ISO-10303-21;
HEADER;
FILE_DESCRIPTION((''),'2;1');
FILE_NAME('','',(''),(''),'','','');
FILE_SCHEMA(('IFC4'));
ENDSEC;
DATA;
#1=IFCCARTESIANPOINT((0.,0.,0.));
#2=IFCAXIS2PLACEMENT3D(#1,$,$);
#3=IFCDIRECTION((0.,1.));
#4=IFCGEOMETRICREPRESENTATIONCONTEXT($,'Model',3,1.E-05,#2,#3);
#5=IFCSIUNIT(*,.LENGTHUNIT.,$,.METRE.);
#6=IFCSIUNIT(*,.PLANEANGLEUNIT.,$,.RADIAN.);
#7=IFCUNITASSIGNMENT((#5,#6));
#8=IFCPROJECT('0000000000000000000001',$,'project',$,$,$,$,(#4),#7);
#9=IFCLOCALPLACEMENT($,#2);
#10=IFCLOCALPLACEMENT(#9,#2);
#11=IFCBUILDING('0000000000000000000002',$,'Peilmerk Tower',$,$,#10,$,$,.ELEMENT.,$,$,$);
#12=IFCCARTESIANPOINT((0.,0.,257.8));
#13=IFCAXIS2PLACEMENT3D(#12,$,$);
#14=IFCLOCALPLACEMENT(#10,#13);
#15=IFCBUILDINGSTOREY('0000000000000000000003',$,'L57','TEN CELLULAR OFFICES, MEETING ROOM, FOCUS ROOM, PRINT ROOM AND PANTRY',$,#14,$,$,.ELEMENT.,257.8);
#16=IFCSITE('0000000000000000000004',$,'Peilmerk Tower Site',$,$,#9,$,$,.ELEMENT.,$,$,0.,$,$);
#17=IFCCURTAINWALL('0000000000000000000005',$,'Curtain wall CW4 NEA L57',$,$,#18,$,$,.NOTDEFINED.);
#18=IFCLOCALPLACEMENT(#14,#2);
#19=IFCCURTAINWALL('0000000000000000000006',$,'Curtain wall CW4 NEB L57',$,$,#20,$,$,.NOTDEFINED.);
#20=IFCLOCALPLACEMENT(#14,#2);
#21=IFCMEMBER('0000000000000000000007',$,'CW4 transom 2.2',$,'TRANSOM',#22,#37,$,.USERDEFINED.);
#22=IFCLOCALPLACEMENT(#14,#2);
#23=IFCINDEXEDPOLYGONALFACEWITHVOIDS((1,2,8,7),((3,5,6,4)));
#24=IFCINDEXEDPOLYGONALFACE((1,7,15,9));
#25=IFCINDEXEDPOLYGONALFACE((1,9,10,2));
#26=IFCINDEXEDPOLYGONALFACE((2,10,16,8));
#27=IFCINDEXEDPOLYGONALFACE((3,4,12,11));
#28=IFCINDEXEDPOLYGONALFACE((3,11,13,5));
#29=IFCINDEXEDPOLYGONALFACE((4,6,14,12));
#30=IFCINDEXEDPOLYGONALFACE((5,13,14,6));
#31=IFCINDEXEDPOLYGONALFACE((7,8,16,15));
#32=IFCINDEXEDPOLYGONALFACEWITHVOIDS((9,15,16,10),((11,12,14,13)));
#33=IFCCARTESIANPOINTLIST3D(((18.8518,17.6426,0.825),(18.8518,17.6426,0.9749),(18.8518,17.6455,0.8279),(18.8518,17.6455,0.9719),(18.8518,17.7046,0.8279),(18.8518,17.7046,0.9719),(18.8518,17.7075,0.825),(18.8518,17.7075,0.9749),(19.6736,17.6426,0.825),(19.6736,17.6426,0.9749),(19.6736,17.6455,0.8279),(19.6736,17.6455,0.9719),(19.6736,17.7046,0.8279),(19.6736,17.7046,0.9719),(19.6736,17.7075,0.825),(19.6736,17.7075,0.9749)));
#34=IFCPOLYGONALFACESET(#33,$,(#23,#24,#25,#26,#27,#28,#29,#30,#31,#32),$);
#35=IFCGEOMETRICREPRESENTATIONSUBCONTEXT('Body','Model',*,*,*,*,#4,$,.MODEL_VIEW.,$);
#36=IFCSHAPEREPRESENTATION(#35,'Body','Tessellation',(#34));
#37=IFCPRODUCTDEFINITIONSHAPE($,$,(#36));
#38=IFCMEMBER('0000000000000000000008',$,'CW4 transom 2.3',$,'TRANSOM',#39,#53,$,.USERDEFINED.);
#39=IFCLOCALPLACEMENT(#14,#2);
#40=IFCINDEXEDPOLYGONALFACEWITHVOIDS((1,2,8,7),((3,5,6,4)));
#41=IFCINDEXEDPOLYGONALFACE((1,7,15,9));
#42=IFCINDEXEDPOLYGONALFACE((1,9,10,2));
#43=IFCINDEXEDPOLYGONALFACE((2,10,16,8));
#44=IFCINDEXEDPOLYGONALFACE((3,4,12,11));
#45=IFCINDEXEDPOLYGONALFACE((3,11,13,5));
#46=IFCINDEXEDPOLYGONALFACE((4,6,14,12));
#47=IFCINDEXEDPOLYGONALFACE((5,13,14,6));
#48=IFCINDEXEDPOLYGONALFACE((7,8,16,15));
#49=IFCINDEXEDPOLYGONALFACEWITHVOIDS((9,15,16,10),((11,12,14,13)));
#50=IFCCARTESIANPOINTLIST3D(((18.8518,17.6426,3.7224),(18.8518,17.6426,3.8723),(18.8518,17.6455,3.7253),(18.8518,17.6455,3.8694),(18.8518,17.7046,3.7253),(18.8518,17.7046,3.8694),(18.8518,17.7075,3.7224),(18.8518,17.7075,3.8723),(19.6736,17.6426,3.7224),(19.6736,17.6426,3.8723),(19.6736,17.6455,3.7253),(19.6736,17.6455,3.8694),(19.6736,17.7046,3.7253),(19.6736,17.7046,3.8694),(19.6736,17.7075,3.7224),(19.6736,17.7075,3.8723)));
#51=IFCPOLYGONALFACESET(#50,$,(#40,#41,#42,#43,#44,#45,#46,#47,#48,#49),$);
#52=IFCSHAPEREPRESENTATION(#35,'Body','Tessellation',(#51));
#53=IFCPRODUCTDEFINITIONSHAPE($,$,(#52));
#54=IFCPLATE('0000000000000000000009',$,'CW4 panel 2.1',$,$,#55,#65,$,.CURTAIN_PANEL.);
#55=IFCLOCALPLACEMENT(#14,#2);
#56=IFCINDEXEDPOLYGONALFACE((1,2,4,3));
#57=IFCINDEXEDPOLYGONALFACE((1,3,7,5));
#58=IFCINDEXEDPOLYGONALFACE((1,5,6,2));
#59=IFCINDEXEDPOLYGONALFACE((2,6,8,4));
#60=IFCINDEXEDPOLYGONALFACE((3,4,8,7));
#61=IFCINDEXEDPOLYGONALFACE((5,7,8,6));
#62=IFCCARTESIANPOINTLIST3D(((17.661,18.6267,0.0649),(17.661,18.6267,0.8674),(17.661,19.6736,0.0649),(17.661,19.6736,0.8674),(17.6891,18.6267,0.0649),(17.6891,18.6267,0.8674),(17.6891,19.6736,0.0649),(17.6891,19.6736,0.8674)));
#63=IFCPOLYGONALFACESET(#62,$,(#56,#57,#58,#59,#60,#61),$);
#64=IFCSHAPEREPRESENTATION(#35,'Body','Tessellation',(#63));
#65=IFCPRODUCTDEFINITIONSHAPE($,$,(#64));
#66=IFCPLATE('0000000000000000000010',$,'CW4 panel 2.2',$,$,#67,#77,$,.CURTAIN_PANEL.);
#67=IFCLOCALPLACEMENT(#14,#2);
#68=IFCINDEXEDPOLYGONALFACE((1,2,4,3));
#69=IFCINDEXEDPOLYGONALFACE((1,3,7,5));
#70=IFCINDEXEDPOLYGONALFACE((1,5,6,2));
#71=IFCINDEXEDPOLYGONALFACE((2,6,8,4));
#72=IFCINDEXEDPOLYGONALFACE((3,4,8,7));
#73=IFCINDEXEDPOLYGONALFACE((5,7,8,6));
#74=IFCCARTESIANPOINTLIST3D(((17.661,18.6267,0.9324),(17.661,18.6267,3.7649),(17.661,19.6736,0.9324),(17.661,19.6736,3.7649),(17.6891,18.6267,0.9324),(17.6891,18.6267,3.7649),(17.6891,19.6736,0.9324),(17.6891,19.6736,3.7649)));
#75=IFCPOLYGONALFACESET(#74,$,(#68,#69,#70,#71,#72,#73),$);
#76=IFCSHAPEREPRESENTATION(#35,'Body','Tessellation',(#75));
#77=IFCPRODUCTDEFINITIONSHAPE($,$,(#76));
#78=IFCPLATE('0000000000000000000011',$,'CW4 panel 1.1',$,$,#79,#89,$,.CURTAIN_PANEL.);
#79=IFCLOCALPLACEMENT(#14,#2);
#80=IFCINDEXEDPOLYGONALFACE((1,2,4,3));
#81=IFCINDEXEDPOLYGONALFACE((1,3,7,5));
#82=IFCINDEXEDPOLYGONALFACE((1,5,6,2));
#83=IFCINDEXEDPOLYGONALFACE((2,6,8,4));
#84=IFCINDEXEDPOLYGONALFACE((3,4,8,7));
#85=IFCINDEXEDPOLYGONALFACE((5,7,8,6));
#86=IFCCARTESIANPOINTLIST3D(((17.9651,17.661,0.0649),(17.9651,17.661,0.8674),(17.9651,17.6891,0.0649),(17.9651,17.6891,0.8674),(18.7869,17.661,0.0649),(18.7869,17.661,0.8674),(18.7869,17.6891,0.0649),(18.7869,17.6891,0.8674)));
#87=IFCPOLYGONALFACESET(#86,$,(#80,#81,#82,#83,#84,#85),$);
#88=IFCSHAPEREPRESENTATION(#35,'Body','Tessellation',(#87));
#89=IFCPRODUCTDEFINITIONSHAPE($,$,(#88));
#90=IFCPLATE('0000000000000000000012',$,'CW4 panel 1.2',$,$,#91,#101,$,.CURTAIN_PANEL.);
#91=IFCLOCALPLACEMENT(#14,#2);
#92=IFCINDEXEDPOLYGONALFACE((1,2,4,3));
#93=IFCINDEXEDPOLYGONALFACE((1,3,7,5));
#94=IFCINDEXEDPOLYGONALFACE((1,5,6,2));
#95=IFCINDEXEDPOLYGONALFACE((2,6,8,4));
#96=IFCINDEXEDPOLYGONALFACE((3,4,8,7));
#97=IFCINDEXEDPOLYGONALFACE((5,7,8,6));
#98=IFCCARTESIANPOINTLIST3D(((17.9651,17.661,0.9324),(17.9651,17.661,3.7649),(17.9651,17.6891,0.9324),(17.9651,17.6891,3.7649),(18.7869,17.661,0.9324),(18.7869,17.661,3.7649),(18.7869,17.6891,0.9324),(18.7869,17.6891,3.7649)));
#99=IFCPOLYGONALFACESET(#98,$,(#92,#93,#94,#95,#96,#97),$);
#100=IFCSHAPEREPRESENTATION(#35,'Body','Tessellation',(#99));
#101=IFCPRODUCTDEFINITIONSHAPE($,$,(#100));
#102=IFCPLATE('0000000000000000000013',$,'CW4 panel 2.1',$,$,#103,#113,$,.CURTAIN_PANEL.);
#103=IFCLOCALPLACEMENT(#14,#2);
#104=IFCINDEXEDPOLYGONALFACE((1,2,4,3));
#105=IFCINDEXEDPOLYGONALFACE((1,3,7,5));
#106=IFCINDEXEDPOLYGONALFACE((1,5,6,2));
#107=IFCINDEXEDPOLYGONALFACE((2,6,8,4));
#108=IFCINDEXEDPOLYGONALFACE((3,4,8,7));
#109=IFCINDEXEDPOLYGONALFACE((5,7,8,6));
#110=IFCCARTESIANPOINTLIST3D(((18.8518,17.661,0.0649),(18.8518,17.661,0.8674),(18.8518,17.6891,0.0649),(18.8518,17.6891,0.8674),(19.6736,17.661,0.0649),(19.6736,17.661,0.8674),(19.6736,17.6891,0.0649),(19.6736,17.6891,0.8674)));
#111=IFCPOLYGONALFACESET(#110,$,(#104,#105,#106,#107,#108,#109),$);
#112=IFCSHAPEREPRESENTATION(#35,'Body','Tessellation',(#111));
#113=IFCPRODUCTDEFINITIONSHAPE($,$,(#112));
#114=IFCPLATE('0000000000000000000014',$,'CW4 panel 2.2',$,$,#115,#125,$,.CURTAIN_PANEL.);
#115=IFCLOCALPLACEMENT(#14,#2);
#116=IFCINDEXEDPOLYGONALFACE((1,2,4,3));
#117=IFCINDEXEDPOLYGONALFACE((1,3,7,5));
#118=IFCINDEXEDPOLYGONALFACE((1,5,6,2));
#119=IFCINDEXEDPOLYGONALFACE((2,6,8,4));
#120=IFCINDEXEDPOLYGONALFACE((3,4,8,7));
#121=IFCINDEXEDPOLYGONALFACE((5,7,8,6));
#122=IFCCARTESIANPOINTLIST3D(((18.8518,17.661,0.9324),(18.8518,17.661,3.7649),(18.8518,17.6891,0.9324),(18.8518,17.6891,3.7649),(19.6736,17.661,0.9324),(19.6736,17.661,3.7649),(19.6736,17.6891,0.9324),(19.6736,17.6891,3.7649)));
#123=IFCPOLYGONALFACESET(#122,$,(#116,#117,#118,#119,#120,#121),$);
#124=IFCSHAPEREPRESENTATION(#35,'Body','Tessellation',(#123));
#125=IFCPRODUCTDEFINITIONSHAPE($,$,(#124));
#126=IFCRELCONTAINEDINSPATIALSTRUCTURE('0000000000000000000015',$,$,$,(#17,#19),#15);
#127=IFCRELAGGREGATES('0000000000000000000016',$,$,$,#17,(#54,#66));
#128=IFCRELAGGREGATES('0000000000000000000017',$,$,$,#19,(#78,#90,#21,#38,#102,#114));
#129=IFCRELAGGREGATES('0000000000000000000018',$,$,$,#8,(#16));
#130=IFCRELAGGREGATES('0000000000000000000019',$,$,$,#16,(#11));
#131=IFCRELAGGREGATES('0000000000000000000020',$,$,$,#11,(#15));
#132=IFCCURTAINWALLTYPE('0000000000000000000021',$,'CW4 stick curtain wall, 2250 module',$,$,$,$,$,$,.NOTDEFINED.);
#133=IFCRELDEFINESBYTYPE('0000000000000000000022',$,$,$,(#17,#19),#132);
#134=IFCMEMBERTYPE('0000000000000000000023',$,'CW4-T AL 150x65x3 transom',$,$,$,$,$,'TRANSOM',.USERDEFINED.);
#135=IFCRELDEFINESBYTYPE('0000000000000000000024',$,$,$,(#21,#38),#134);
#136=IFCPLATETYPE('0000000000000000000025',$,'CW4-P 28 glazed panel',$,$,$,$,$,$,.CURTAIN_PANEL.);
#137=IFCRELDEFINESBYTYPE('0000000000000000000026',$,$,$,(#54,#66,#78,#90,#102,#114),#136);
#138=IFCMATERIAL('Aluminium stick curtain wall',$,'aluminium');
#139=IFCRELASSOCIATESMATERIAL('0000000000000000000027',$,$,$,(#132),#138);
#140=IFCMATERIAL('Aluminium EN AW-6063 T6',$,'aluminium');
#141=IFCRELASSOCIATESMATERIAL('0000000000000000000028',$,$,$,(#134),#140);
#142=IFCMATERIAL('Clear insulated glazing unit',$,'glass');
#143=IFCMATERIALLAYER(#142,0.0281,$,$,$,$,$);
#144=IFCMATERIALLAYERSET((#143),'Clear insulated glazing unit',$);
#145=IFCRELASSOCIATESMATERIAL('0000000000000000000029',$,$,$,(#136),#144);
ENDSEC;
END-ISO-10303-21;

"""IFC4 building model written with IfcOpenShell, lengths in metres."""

from ifc_helpers import new_model, si_unit, direction, frame, origin, origin_2d, place, context, subcontext, project, spatial, rectangle, hollow_rectangle, extrude, material, layer, layer_set, material_profile, profile_set, type_object, element, aggregate, save


model = new_model("IFC4")

# Units and contexts
model_context = context("Model", 3, precision=1e-05, world=origin(), true_north=direction((0.0, 1.0)))
body_context = subcontext(model_context, "Body", "Model", "MODEL_VIEW")
ifc_project = project(units=[si_unit("LENGTHUNIT", "METRE"), si_unit("PLANEANGLEUNIT", "RADIAN")], contexts=[model_context])

# Site, building, storey
site_placement = place(None, origin())
site = spatial("IfcSite", under=ifc_project, at=site_placement, Name="Peilmerk Tower Site", CompositionType="ELEMENT", RefElevation=0.0)
building_placement = place(site_placement, origin())
building = spatial("IfcBuilding", under=site, at=building_placement, Name="Peilmerk Tower", CompositionType="ELEMENT")
storey_placement = place(building_placement, frame((0.0, 0.0, 257.8)))
storey = spatial("IfcBuildingStorey", under=building, at=storey_placement, Name="L57", Description="TEN CELLULAR OFFICES, MEETING ROOM, FOCUS ROOM, PRINT ROOM AND PANTRY", CompositionType="ELEMENT", Elevation=257.8)

# Curtain wall
ifc_material_1 = material(Name="Aluminium stick curtain wall", Category="aluminium")
curtain_wall_type = type_object("IfcCurtainWallType", Name="CW4 stick curtain wall, 2250 module", PredefinedType="NOTDEFINED", material=ifc_material_1)
curtain_wall_1_placement = place(storey_placement, origin())
curtain_wall_1 = element("IfcCurtainWall", 1, at=curtain_wall_1_placement, inside=storey, type_object=curtain_wall_type, Name="Curtain wall CW4 NEA L57", PredefinedType="NOTDEFINED")
ifc_material_2 = material(Name="Aluminium EN AW-6063 T6", Category="aluminium")

# Curtain wall
curtain_wall_2_placement = place(storey_placement, origin())
curtain_wall_2 = element("IfcCurtainWall", 2, at=curtain_wall_2_placement, inside=storey, type_object=curtain_wall_type, Name="Curtain wall CW4 NEB L57", PredefinedType="NOTDEFINED")

# Members
ifc_material_profile_1 = material_profile(ifc_material_2, hollow_rectangle(XDim=0.0649, YDim=0.1499, WallThickness=0.0029, at=origin_2d()), Name="AL 150x65x3")
ifc_profile_set_1 = profile_set([ifc_material_profile_1], Name="Aluminium EN AW-6063 T6")
member_type_1 = type_object("IfcMemberType", Name="CW4-T AL 150x65x3 transom", ElementType="TRANSOM", PredefinedType="USERDEFINED", material=ifc_profile_set_1)
member_1_placement = place(storey_placement, frame((18.8518, 17.675, 0.8999), z_axis=(1.0, 0.0, 0.0), x_axis=(0.0, 1.0, 0.0)))
member_1 = element("IfcMember", 3, at=member_1_placement, type_object=member_type_1, Name="CW4 transom 2.2", ObjectType="TRANSOM", PredefinedType="USERDEFINED", context=body_context, shape_type="SweptSolid", body=[
    extrude(hollow_rectangle(XDim=0.0649, YDim=0.1499, WallThickness=0.0029, at=origin_2d()), origin(), (0.0, 0.0, 1.0), 0.8218),
])
member_2_placement = place(storey_placement, frame((18.8518, 17.675, 3.7974), z_axis=(1.0, 0.0, 0.0), x_axis=(0.0, 1.0, 0.0)))
member_2 = element("IfcMember", 4, at=member_2_placement, type_object=member_type_1, Name="CW4 transom 2.3", ObjectType="TRANSOM", PredefinedType="USERDEFINED", context=body_context, shape_type="SweptSolid", body=[
    extrude(hollow_rectangle(XDim=0.0649, YDim=0.1499, WallThickness=0.0029, at=origin_2d()), origin(), (0.0, 0.0, 1.0), 0.8218),
])

# Plates
ifc_material_3 = material(Name="Clear insulated glazing unit", Category="glass")
ifc_layer_1 = layer(ifc_material_3, 0.0281)
ifc_layer_set_1 = layer_set([ifc_layer_1], Name="Clear insulated glazing unit")
plate_type = type_object("IfcPlateType", Name="CW4-P 28 glazed panel", PredefinedType="CURTAIN_PANEL", material=ifc_layer_set_1)
plate_1_placement = place(storey_placement, frame((17.675, 19.1501, 0.0649), z_axis=(0.0, 0.0, 1.0), x_axis=(0.0, 1.0, 0.0)))
plate_1 = element("IfcPlate", 5, at=plate_1_placement, type_object=plate_type, Name="CW4 panel 2.1", PredefinedType="CURTAIN_PANEL", context=body_context, shape_type="SweptSolid", body=[
    extrude(rectangle(XDim=1.0469, YDim=0.0281, at=origin_2d()), origin(), (0.0, 0.0, 1.0), 0.8025),
])
plate_2_placement = place(storey_placement, frame((17.675, 19.1501, 0.9324), z_axis=(0.0, 0.0, 1.0), x_axis=(0.0, 1.0, 0.0)))
plate_2 = element("IfcPlate", 6, at=plate_2_placement, type_object=plate_type, Name="CW4 panel 2.2", PredefinedType="CURTAIN_PANEL", context=body_context, shape_type="SweptSolid", body=[
    extrude(rectangle(XDim=1.0469, YDim=0.0281, at=origin_2d()), origin(), (0.0, 0.0, 1.0), 2.8325),
])
aggregate(curtain_wall_1, [plate_1, plate_2])
plate_3_placement = place(storey_placement, frame((18.376, 17.675, 0.0649), z_axis=(0.0, 0.0, 1.0), x_axis=(1.0, 0.0, 0.0)))
plate_3 = element("IfcPlate", 7, at=plate_3_placement, type_object=plate_type, Name="CW4 panel 1.1", PredefinedType="CURTAIN_PANEL", context=body_context, shape_type="SweptSolid", body=[
    extrude(rectangle(XDim=0.8218, YDim=0.0281, at=origin_2d()), origin(), (0.0, 0.0, 1.0), 0.8025),
])
plate_4_placement = place(storey_placement, frame((18.376, 17.675, 0.9324), z_axis=(0.0, 0.0, 1.0), x_axis=(1.0, 0.0, 0.0)))
plate_4 = element("IfcPlate", 8, at=plate_4_placement, type_object=plate_type, Name="CW4 panel 1.2", PredefinedType="CURTAIN_PANEL", context=body_context, shape_type="SweptSolid", body=[
    extrude(rectangle(XDim=0.8218, YDim=0.0281, at=origin_2d()), origin(), (0.0, 0.0, 1.0), 2.8325),
])
plate_5_placement = place(storey_placement, frame((19.2627, 17.675, 0.0649), z_axis=(0.0, 0.0, 1.0), x_axis=(1.0, 0.0, 0.0)))
plate_5 = element("IfcPlate", 9, at=plate_5_placement, type_object=plate_type, Name="CW4 panel 2.1", PredefinedType="CURTAIN_PANEL", context=body_context, shape_type="SweptSolid", body=[
    extrude(rectangle(XDim=0.8218, YDim=0.0281, at=origin_2d()), origin(), (0.0, 0.0, 1.0), 0.8025),
])
plate_6_placement = place(storey_placement, frame((19.2627, 17.675, 0.9324), z_axis=(0.0, 0.0, 1.0), x_axis=(1.0, 0.0, 0.0)))
plate_6 = element("IfcPlate", 10, at=plate_6_placement, type_object=plate_type, Name="CW4 panel 2.2", PredefinedType="CURTAIN_PANEL", context=body_context, shape_type="SweptSolid", body=[
    extrude(rectangle(XDim=0.8218, YDim=0.0281, at=origin_2d()), origin(), (0.0, 0.0, 1.0), 2.8325),
])
aggregate(curtain_wall_2, [plate_3, plate_4, member_1, member_2, plate_5, plate_6])

save(model, "model.ifc")
